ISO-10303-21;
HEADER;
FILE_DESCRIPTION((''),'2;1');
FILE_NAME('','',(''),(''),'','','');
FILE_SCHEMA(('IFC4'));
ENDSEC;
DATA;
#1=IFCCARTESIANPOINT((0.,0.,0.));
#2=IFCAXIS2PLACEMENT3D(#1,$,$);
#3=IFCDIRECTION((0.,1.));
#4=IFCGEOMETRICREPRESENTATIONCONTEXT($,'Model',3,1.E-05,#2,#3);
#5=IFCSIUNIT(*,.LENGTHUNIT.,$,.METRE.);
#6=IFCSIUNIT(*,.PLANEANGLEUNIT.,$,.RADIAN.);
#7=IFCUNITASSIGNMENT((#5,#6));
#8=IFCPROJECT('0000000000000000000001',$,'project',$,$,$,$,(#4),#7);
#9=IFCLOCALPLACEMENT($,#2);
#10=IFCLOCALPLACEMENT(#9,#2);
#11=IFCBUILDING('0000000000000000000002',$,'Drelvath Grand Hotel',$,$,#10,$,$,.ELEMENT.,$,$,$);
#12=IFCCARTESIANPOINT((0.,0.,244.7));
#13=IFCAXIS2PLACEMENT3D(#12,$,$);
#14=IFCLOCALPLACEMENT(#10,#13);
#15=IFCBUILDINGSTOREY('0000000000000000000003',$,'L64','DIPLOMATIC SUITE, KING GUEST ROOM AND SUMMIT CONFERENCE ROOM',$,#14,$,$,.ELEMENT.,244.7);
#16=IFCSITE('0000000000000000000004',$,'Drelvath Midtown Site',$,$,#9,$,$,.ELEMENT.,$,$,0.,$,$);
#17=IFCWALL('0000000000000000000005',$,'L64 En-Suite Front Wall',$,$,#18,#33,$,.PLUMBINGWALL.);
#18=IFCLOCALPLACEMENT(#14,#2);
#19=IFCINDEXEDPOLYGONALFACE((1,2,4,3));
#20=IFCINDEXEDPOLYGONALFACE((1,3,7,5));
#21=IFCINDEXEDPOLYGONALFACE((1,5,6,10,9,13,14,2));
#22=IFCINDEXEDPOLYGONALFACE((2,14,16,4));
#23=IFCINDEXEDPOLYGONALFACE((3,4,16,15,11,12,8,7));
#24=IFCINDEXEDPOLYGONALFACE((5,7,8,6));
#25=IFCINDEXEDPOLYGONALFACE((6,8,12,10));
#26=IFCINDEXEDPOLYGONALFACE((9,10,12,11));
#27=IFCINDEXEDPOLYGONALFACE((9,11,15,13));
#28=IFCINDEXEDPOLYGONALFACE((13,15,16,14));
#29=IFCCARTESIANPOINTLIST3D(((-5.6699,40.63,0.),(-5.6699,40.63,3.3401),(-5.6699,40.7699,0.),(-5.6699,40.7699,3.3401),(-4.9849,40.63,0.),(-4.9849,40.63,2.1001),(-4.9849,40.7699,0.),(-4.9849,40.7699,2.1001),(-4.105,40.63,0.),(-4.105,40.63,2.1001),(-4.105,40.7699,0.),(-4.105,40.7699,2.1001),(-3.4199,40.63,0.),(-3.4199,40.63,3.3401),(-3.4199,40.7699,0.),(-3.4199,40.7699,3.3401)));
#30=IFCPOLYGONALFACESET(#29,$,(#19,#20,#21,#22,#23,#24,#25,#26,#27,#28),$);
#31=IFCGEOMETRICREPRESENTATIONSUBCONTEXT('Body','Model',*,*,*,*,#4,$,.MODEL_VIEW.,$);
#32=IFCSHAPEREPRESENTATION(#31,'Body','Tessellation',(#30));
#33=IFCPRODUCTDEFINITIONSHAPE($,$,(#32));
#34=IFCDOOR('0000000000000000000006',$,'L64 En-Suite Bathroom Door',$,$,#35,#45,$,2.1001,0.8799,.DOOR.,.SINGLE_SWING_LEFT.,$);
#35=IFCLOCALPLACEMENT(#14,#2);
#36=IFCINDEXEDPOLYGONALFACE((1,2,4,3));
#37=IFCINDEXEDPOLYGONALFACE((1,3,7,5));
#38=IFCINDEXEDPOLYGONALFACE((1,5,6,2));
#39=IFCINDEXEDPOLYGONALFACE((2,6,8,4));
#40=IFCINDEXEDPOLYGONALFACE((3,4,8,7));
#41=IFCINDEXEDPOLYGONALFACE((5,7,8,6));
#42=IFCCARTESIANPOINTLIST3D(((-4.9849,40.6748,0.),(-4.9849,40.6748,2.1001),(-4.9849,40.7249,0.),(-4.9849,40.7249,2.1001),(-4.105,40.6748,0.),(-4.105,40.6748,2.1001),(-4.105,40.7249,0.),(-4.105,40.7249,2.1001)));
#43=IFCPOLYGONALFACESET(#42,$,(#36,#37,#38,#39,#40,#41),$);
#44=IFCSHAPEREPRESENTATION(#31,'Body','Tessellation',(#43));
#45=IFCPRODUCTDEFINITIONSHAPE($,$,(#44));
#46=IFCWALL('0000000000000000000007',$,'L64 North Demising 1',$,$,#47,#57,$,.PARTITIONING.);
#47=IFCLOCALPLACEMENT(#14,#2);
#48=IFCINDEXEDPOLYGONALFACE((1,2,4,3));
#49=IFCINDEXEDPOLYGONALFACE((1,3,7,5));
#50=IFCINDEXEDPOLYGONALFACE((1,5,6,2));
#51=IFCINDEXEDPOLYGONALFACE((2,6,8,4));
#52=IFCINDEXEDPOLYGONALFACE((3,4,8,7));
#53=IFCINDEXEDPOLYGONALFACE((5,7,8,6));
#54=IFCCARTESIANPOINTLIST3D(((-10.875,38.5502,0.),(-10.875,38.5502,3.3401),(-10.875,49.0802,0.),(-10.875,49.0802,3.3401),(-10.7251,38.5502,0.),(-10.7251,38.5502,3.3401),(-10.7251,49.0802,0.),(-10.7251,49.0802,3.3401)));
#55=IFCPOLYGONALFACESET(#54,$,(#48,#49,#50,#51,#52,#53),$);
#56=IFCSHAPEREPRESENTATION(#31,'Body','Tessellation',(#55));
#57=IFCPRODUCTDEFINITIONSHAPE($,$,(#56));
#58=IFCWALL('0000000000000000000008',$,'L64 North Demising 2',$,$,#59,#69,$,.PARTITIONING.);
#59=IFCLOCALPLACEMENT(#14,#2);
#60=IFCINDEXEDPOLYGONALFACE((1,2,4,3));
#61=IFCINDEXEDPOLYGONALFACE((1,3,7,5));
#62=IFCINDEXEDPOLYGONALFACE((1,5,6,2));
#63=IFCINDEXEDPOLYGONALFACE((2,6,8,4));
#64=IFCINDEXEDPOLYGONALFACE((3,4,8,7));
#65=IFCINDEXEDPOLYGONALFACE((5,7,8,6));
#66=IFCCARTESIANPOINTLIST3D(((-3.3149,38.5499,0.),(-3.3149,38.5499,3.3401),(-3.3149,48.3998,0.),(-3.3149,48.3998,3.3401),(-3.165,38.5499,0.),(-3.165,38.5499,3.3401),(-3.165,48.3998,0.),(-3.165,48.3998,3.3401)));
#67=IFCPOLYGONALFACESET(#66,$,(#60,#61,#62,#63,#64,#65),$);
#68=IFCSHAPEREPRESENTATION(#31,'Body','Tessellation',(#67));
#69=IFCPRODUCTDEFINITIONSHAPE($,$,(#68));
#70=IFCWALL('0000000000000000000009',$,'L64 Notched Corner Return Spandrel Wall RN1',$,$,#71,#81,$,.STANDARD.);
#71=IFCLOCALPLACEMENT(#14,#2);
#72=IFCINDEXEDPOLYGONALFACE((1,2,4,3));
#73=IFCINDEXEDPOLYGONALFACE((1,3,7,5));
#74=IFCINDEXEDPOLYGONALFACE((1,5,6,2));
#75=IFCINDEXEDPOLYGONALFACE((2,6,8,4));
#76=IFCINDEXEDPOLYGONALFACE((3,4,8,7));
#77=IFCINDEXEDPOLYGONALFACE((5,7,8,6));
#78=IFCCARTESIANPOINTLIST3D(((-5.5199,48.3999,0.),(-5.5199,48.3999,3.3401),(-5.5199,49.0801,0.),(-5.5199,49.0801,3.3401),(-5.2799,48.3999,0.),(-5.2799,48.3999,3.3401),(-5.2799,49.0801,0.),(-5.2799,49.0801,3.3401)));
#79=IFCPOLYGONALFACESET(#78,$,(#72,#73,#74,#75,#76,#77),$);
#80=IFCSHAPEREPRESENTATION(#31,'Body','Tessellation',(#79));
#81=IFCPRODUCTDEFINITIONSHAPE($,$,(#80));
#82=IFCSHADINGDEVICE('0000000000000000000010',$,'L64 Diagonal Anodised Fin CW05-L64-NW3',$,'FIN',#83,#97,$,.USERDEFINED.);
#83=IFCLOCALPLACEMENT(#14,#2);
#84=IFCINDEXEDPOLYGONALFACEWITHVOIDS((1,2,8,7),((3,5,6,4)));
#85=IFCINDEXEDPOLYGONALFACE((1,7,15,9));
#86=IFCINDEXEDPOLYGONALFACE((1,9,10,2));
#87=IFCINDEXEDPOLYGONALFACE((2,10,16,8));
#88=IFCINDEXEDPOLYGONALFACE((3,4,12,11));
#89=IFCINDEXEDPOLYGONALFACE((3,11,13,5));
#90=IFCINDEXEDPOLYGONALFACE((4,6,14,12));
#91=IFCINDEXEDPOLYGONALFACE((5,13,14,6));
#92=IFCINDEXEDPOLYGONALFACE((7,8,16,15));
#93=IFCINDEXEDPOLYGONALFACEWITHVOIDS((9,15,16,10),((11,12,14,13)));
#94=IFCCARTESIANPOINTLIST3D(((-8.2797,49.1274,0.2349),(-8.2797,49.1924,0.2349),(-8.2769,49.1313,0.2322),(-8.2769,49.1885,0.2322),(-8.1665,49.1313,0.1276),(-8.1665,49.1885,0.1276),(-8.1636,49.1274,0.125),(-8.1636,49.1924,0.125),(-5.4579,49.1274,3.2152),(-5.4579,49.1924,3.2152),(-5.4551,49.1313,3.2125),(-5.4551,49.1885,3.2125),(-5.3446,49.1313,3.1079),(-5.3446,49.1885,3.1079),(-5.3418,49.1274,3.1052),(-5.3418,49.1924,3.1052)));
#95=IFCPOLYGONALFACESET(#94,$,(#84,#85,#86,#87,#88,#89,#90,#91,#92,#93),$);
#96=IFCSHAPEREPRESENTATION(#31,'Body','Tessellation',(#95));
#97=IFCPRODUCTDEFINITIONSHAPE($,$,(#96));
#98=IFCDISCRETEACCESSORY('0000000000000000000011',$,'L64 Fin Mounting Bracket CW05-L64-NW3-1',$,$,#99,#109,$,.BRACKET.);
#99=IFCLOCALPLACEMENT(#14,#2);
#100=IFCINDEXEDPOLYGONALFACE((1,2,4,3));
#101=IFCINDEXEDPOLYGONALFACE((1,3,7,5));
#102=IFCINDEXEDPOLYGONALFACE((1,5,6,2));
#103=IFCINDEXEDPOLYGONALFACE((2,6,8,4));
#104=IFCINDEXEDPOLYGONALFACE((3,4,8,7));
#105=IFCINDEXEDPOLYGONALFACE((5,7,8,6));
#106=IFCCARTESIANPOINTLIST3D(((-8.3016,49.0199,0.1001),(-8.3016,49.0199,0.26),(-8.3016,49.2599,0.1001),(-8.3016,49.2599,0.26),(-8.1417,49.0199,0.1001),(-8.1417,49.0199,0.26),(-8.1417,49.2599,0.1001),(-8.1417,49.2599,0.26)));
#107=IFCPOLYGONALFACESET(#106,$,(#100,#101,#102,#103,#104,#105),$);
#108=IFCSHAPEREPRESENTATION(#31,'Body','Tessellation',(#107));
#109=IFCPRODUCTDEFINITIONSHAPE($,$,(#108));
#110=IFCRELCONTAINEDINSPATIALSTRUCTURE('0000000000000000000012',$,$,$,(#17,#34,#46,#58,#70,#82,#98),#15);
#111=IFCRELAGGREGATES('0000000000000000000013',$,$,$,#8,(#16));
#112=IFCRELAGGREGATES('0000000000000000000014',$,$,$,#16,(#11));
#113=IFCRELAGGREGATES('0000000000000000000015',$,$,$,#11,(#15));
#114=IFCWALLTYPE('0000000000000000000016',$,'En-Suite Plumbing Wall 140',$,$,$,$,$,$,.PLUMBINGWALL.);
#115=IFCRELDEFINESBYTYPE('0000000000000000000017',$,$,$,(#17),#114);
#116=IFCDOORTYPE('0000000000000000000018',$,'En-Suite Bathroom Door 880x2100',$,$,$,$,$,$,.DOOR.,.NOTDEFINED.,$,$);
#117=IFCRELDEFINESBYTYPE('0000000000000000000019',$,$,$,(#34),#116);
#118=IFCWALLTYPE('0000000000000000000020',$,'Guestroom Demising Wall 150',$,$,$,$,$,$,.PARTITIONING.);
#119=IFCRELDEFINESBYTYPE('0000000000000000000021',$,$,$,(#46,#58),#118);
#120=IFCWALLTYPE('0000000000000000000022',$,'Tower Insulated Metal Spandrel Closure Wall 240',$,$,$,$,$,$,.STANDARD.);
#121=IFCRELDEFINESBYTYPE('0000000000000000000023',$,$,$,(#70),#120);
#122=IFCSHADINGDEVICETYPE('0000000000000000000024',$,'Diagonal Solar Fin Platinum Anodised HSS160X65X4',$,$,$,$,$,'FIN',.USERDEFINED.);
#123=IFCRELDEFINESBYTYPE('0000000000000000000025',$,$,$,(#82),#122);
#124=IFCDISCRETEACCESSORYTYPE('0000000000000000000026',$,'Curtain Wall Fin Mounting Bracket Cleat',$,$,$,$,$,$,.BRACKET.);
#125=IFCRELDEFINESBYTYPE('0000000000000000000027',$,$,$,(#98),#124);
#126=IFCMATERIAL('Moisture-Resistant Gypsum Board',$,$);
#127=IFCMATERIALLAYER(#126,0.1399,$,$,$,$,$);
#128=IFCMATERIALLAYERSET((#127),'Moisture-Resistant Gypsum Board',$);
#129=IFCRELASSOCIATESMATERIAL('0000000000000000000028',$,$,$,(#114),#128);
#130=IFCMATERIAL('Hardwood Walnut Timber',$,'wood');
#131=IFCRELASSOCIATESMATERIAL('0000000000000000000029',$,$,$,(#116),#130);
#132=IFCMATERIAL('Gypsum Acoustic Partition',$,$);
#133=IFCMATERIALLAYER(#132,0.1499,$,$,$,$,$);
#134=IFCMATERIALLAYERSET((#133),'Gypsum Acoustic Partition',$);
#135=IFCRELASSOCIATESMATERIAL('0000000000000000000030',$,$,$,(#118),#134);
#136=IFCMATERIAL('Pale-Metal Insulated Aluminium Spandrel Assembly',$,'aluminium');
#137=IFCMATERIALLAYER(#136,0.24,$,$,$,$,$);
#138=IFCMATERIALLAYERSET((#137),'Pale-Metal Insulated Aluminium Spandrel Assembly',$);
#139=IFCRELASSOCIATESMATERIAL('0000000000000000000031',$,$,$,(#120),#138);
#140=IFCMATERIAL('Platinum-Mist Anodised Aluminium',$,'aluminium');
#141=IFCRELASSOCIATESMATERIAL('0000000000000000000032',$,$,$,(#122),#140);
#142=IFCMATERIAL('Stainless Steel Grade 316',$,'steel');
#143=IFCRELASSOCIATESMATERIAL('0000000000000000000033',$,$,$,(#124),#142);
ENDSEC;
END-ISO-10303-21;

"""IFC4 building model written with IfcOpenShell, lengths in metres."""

from ifc_helpers import new_model, si_unit, direction, frame, frame_2d, origin, origin_2d, place, context, subcontext, project, spatial, rectangle, hollow_rectangle, extrude, material, layer, layer_set, material_profile, profile_set, type_object, element, fill, save


model = new_model("IFC4")

# Units and contexts
model_context = context("Model", 3, precision=1e-05, world=origin(), true_north=direction((0.0, 1.0)))
body_context = subcontext(model_context, "Body", "Model", "MODEL_VIEW")
ifc_project = project(units=[si_unit("LENGTHUNIT", "METRE"), si_unit("PLANEANGLEUNIT", "RADIAN")], contexts=[model_context])

# Site, building, storey
site_placement = place(None, origin())
site = spatial("IfcSite", under=ifc_project, at=site_placement, Name="Drelvath Midtown Site", CompositionType="ELEMENT", RefElevation=0.0)
building_placement = place(site_placement, origin())
building = spatial("IfcBuilding", under=site, at=building_placement, Name="Drelvath Grand Hotel", CompositionType="ELEMENT")
storey_placement = place(building_placement, frame((0.0, 0.0, 244.7)))
storey = spatial("IfcBuildingStorey", under=building, at=storey_placement, Name="L64", Description="DIPLOMATIC SUITE, KING GUEST ROOM AND SUMMIT CONFERENCE ROOM", CompositionType="ELEMENT", Elevation=244.7)

# Shared definitions
ifc_material_1 = material(Name="Moisture-Resistant Gypsum Board")
ifc_layer_1 = layer(ifc_material_1, 0.1399)
ifc_layer_set_1 = layer_set([ifc_layer_1], Name="Moisture-Resistant Gypsum Board")
wall_type_1 = type_object("IfcWallType", Name="En-Suite Plumbing Wall 140", PredefinedType="PLUMBINGWALL", material=ifc_layer_set_1)

# Wall, opening, door
wall_1_placement = place(storey_placement, frame((-5.6699, 40.7, 0.0), z_axis=(0.0, 0.0, 1.0), x_axis=(1.0, 0.0, 0.0)))
wall_1 = element("IfcWall", 1, at=wall_1_placement, inside=storey, type_object=wall_type_1, Name="L64 En-Suite Front Wall", PredefinedType="PLUMBINGWALL", context=body_context, shape_type="SweptSolid", body=[
    extrude(rectangle(XDim=2.25, YDim=0.1399, at=frame_2d((1.125, 0.0))), origin(), (0.0, 0.0, 1.0), 3.3401),
])
opening_placement = place(wall_1_placement, frame((0.6851, 0.0, 0.0)))
opening = element("IfcOpeningElement", 2, at=opening_placement, cuts=wall_1, PredefinedType="OPENING", context=body_context, shape_type="SweptSolid", body=[
    extrude(rectangle(XDim=0.8799, YDim=2.1001, at=frame_2d((0.4399, 1.05))), frame((0.0, 0.0798, 0.0), z_axis=(0.0, -1.0, 0.0), x_axis=(1.0, 0.0, 0.0)), (0.0, 0.0, 1.0), 0.1599),
])
ifc_material_2 = material(Name="Hardwood Walnut Timber", Category="wood")
door_type = type_object("IfcDoorType", Name="En-Suite Bathroom Door 880x2100", OperationType="NOTDEFINED", PredefinedType="DOOR", material=ifc_material_2)
door_placement = place(opening_placement, origin())
door = element("IfcDoor", 3, at=door_placement, inside=storey, type_object=door_type, Name="L64 En-Suite Bathroom Door", OperationType="SINGLE_SWING_LEFT", OverallHeight=2.1001, OverallWidth=0.8799, PredefinedType="DOOR", context=body_context, shape_type="SweptSolid", body=[
    extrude(rectangle(XDim=0.8799, YDim=2.1001, at=frame_2d((0.4399, 1.05))), frame((0.0, 0.0249, 0.0), z_axis=(0.0, -1.0, 0.0), x_axis=(1.0, 0.0, 0.0)), (0.0, 0.0, 1.0), 0.05),
])
fill(opening, door)

# Walls
ifc_material_3 = material(Name="Gypsum Acoustic Partition")
ifc_layer_2 = layer(ifc_material_3, 0.1499)
ifc_layer_set_2 = layer_set([ifc_layer_2], Name="Gypsum Acoustic Partition")
wall_type_2 = type_object("IfcWallType", Name="Guestroom Demising Wall 150", PredefinedType="PARTITIONING", material=ifc_layer_set_2)
wall_2_placement = place(storey_placement, frame((-10.8, 38.55, 0.0), z_axis=(0.0, 0.0, 1.0), x_axis=(0.0, 1.0, 0.0)))
element("IfcWall", 4, at=wall_2_placement, inside=storey, type_object=wall_type_2, Name="L64 North Demising 1", PredefinedType="PARTITIONING", context=body_context, shape_type="SweptSolid", body=[
    extrude(rectangle(XDim=10.53, YDim=0.1499, at=frame_2d((5.2651, 0.0))), origin(), (0.0, 0.0, 1.0), 3.3401),
])
wall_3_placement = place(storey_placement, frame((-3.24, 38.55, 0.0), z_axis=(0.0, 0.0, 1.0), x_axis=(0.0, 1.0, 0.0)))
element("IfcWall", 5, at=wall_3_placement, inside=storey, type_object=wall_type_2, Name="L64 North Demising 2", PredefinedType="PARTITIONING", context=body_context, shape_type="SweptSolid", body=[
    extrude(rectangle(XDim=9.8499, YDim=0.1499, at=frame_2d((4.9248, 0.0))), origin(), (0.0, 0.0, 1.0), 3.3401),
])
ifc_material_4 = material(Name="Pale-Metal Insulated Aluminium Spandrel Assembly", Category="aluminium")
ifc_layer_3 = layer(ifc_material_4, 0.24)
ifc_layer_set_3 = layer_set([ifc_layer_3], Name="Pale-Metal Insulated Aluminium Spandrel Assembly")
wall_type_3 = type_object("IfcWallType", Name="Tower Insulated Metal Spandrel Closure Wall 240", PredefinedType="STANDARD", material=ifc_layer_set_3)
wall_4_placement = place(storey_placement, frame((-5.3999, 49.0801, 0.0), z_axis=(0.0, 0.0, 1.0), x_axis=(0.0, -1.0, 0.0)))
element("IfcWall", 6, at=wall_4_placement, inside=storey, type_object=wall_type_3, Name="L64 Notched Corner Return Spandrel Wall RN1", PredefinedType="STANDARD", context=body_context, shape_type="SweptSolid", body=[
    extrude(rectangle(XDim=0.6802, YDim=0.24, at=frame_2d((0.3401, 0.0))), origin(), (0.0, 0.0, 1.0), 3.3401),
])

# Shading device
ifc_material_5 = material(Name="Platinum-Mist Anodised Aluminium", Category="aluminium")
ifc_material_profile_1 = material_profile(ifc_material_5, hollow_rectangle(XDim=0.0649, YDim=0.1599, WallThickness=0.0039, at=origin_2d()), Name="HSS160X65X4")
ifc_profile_set_1 = profile_set([ifc_material_profile_1], Name="Platinum-Mist Anodised Aluminium")
shading_device_type = type_object("IfcShadingDeviceType", Name="Diagonal Solar Fin Platinum Anodised HSS160X65X4", ElementType="FIN", PredefinedType="USERDEFINED", material=ifc_profile_set_1)
shading_device_placement = place(storey_placement, frame((-8.2217, 49.1599, 0.1799), z_axis=(0.68754, 0.0, 0.726146), x_axis=(0.0, 1.0, 0.0)))
element("IfcShadingDevice", 7, at=shading_device_placement, inside=storey, type_object=shading_device_type, Name="L64 Diagonal Anodised Fin CW05-L64-NW3", ObjectType="FIN", PredefinedType="USERDEFINED", context=body_context, shape_type="SweptSolid", body=[
    extrude(hollow_rectangle(XDim=0.0649, YDim=0.1599, WallThickness=0.0039, at=origin_2d()), origin(), (0.0, 0.0, 1.0), 4.1042),
])

# Discrete accessory
ifc_material_6 = material(Name="Stainless Steel Grade 316", Category="steel")
discrete_accessory_type = type_object("IfcDiscreteAccessoryType", Name="Curtain Wall Fin Mounting Bracket Cleat", PredefinedType="BRACKET", material=ifc_material_6)
discrete_accessory_placement = place(storey_placement, frame((-8.2217, 49.1399, 0.1001), z_axis=(0.0, 0.0, 1.0), x_axis=(1.0, 0.0, 0.0)))
element("IfcDiscreteAccessory", 8, at=discrete_accessory_placement, inside=storey, type_object=discrete_accessory_type, Name="L64 Fin Mounting Bracket CW05-L64-NW3-1", PredefinedType="BRACKET", context=body_context, shape_type="SweptSolid", body=[
    extrude(rectangle(XDim=0.1599, YDim=0.24, at=origin_2d()), origin(), (0.0, 0.0, 1.0), 0.1599),
])

save(model, "model.ifc")
